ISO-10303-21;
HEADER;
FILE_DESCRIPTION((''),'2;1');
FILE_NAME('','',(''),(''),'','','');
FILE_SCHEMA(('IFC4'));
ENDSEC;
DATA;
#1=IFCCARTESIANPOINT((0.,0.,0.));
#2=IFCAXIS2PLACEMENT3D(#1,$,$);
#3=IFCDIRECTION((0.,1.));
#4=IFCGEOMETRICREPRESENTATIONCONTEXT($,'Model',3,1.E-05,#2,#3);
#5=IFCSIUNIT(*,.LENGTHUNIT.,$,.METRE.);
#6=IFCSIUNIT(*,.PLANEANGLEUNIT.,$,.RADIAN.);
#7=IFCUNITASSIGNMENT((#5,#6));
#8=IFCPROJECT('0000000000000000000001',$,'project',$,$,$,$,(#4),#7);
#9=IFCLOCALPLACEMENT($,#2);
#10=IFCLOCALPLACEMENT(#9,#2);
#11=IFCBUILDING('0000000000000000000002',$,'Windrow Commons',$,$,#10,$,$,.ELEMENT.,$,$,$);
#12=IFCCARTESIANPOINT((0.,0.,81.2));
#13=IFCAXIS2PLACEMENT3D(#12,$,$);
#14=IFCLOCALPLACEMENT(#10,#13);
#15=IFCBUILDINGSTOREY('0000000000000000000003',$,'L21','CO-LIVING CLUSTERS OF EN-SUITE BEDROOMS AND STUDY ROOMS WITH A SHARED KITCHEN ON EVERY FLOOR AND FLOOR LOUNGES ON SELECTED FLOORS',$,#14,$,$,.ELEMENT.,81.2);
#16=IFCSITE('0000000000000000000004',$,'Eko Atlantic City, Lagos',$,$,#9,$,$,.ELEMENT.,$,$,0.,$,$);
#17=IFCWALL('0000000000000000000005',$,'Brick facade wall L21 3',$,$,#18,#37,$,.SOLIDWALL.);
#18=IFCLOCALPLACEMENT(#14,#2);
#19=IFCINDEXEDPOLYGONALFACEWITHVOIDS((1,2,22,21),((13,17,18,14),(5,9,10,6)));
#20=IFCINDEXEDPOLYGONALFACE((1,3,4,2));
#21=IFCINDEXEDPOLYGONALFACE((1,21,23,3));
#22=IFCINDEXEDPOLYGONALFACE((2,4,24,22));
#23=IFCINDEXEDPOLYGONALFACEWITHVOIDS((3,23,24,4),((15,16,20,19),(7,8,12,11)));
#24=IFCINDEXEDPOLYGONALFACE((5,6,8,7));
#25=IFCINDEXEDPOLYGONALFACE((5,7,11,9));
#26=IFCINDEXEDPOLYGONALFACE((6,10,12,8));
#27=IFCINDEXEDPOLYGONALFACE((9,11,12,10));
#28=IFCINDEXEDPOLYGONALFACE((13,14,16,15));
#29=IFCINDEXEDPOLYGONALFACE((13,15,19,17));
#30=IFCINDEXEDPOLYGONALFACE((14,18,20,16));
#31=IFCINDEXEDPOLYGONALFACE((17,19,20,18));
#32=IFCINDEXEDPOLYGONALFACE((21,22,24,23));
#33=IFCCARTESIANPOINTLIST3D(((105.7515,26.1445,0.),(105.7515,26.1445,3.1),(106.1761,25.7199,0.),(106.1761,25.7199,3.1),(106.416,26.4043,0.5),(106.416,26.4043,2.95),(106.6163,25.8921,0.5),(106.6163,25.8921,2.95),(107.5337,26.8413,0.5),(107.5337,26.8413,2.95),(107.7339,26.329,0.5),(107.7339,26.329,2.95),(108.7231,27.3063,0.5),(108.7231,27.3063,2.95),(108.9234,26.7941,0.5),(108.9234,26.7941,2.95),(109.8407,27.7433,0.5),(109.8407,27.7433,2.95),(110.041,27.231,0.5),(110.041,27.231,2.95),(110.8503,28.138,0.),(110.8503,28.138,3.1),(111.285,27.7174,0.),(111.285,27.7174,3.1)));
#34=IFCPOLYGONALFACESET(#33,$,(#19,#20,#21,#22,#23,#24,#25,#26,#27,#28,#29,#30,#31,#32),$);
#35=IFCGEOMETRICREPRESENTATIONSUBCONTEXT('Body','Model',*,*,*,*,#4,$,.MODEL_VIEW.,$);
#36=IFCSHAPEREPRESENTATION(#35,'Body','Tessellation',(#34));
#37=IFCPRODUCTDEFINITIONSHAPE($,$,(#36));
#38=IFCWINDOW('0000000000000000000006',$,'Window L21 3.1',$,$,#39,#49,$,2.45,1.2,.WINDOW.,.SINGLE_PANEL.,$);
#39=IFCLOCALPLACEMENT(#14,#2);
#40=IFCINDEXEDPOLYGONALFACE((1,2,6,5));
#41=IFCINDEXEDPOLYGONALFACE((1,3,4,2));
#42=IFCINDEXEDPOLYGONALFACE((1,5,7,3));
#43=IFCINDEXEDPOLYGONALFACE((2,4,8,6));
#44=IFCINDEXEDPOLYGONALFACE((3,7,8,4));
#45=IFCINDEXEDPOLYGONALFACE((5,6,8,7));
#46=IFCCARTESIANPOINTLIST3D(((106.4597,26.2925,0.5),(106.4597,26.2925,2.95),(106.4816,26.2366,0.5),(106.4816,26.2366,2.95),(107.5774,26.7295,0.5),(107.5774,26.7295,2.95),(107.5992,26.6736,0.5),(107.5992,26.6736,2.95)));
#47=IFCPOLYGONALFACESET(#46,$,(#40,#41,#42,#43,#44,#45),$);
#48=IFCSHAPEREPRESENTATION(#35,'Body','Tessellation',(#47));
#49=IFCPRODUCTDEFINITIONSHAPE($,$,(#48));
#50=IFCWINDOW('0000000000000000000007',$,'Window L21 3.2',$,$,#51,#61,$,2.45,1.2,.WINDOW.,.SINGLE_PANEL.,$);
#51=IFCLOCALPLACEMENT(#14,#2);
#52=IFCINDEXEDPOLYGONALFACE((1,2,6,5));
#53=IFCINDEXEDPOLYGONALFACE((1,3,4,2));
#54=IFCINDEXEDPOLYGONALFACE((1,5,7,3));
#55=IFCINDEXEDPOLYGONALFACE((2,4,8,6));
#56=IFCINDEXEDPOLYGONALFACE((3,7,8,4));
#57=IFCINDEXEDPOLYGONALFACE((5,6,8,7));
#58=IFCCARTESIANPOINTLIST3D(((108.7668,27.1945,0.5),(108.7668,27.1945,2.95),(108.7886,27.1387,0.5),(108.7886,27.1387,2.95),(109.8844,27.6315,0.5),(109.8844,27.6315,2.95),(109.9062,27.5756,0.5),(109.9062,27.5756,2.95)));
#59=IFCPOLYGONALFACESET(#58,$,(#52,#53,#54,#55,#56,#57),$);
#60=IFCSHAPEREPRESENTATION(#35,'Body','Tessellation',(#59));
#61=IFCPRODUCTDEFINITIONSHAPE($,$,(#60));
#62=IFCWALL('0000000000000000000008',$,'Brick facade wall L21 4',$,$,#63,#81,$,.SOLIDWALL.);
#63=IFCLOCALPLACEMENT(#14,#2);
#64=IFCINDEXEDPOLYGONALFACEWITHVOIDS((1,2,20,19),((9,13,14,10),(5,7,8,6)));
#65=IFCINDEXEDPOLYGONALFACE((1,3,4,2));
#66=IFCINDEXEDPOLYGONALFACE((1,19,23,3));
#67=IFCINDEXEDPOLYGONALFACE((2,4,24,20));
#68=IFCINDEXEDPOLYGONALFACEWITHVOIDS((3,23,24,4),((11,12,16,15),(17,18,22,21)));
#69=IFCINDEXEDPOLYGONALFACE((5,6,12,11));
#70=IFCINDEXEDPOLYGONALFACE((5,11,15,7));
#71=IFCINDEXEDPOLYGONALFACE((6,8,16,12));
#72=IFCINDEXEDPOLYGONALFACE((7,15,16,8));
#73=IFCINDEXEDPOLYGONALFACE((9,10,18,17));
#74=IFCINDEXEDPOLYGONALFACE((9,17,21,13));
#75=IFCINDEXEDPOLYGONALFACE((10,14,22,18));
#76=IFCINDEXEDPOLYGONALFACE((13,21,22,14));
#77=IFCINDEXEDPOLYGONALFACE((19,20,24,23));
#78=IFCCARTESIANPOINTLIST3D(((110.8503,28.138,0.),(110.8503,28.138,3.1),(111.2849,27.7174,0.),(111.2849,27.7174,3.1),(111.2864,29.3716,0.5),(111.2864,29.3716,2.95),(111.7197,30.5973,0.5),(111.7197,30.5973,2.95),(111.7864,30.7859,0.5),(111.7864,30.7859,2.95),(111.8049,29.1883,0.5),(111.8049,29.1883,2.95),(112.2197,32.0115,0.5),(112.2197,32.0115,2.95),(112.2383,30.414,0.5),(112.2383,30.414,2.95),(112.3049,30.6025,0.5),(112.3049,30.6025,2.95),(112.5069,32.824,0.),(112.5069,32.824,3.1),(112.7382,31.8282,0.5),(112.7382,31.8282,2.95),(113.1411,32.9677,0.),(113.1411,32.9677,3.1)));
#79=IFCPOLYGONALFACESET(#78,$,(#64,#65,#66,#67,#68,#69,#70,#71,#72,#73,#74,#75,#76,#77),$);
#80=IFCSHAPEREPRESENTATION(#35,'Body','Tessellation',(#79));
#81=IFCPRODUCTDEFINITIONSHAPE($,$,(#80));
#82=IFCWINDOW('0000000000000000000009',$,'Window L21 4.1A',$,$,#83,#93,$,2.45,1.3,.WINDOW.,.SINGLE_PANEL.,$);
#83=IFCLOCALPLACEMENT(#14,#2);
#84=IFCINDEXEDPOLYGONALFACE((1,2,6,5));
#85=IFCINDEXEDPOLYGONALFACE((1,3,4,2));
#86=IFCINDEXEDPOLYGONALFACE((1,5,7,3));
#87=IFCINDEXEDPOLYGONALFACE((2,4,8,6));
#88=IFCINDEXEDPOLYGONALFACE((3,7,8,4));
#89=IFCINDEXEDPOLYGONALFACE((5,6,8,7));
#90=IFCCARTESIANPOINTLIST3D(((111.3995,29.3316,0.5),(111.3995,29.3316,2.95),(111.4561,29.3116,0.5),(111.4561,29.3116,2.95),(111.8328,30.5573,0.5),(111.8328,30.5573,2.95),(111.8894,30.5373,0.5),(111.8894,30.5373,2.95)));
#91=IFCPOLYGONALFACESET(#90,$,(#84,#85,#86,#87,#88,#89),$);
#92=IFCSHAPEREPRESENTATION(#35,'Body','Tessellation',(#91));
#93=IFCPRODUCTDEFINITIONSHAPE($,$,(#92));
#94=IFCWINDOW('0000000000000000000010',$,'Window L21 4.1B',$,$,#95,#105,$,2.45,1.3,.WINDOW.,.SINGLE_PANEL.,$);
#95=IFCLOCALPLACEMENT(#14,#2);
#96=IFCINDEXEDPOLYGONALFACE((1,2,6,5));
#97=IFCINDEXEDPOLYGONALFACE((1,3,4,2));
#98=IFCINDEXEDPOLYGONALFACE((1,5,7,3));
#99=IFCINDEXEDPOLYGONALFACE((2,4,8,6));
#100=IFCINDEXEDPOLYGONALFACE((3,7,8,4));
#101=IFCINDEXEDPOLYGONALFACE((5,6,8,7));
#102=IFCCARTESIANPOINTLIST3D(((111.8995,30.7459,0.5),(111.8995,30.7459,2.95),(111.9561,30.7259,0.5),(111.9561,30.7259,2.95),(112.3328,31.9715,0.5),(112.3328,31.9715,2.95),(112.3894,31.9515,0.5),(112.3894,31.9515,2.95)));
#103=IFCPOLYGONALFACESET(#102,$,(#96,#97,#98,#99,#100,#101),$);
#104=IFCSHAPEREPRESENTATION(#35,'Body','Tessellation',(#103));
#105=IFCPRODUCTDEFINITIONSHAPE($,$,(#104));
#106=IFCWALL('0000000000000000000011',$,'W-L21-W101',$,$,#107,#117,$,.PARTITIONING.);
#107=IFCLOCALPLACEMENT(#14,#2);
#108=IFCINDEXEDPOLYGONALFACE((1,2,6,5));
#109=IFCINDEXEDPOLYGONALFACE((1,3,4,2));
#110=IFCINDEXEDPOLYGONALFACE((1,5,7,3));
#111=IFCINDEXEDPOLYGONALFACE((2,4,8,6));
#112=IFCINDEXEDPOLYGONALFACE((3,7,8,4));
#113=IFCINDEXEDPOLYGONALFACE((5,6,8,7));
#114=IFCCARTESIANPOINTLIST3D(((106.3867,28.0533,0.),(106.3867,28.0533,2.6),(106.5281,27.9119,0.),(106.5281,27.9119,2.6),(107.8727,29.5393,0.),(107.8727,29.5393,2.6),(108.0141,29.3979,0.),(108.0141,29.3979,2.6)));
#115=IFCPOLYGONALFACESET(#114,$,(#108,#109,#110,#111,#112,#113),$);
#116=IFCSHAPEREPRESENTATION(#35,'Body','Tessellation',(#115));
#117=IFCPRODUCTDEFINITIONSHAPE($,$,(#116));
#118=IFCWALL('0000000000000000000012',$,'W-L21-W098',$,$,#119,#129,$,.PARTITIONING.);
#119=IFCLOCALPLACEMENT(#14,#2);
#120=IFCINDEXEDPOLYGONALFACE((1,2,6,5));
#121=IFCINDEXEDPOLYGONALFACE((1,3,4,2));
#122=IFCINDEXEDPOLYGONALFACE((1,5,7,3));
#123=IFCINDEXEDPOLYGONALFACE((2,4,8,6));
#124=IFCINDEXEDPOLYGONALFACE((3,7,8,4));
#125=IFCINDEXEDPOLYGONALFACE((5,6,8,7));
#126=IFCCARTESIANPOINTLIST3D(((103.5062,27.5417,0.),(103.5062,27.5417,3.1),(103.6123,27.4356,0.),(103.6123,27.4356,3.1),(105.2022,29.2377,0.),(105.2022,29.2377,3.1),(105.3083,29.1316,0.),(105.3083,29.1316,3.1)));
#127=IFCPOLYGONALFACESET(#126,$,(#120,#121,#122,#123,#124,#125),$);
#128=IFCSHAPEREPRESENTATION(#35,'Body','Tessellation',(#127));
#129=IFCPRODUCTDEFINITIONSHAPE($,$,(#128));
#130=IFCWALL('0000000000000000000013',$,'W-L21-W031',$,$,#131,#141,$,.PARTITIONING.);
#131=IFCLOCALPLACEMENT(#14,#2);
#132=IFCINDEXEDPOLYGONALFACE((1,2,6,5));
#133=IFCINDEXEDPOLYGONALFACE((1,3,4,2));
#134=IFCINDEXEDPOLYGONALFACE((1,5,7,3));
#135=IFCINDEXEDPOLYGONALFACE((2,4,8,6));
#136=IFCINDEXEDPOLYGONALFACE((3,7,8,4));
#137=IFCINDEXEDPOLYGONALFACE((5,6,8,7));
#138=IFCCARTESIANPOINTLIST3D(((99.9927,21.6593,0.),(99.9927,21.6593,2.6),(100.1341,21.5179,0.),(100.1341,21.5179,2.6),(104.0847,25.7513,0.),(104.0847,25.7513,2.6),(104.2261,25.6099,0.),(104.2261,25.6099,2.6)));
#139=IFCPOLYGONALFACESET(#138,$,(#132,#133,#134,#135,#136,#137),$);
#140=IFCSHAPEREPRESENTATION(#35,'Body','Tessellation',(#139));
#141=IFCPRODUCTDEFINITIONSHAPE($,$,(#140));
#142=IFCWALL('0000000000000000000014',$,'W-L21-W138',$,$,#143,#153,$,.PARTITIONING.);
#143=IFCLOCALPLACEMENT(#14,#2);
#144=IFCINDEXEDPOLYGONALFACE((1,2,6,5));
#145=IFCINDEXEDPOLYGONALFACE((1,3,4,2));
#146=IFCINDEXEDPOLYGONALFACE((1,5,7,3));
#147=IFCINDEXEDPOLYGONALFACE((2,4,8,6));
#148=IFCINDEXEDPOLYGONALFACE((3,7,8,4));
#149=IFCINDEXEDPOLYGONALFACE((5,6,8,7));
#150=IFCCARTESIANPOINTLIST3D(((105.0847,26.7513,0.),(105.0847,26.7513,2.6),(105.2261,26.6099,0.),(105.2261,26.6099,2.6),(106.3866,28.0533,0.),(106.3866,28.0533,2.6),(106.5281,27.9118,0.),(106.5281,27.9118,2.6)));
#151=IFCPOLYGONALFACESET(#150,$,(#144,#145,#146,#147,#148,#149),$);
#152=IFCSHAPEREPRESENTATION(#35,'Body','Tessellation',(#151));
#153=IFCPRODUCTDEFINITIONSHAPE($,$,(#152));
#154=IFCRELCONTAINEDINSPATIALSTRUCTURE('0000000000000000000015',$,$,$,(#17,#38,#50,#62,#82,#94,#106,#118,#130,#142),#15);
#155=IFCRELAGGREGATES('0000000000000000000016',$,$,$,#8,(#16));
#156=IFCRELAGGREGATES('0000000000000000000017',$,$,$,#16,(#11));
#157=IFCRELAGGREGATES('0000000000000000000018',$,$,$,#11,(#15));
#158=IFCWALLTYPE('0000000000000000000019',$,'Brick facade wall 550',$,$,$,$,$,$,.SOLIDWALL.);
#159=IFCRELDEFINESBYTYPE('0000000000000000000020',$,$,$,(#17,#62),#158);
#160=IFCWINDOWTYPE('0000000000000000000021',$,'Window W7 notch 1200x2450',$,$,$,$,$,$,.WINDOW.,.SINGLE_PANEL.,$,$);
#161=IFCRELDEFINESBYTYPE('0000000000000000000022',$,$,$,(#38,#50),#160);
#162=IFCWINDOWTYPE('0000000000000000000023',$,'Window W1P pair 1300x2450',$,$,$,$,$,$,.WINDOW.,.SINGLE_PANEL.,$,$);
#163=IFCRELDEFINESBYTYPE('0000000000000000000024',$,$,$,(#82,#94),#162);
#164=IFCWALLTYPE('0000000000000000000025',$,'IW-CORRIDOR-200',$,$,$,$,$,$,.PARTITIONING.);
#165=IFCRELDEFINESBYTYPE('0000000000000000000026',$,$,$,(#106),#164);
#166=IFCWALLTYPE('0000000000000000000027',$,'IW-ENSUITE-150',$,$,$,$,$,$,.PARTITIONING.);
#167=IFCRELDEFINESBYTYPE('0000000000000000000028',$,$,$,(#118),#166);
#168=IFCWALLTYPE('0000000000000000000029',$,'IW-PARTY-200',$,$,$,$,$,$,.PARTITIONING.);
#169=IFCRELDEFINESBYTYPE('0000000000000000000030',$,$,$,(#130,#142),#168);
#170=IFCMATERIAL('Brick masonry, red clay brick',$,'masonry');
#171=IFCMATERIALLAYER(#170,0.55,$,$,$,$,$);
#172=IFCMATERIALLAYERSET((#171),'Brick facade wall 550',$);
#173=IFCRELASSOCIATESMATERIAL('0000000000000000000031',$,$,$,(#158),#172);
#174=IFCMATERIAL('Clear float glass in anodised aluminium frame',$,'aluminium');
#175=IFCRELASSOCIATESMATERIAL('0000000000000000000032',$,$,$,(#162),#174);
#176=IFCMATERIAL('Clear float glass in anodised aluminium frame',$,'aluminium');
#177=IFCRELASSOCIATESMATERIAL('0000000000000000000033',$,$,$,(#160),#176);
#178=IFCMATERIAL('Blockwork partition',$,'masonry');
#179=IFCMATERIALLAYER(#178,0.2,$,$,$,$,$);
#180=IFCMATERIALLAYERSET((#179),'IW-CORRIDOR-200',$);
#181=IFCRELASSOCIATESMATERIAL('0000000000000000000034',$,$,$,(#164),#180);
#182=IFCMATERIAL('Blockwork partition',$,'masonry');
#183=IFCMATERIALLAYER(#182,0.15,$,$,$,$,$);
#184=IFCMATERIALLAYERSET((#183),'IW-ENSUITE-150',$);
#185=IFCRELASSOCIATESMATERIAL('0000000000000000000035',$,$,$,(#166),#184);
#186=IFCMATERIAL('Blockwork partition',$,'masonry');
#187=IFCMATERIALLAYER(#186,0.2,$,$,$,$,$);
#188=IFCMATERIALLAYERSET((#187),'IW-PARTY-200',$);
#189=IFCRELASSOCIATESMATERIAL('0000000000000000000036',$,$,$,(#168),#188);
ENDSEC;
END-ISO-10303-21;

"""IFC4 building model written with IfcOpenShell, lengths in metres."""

from ifc_helpers import new_model, si_unit, direction, frame, frame_2d, origin, place, context, subcontext, project, spatial, polyline, rectangle, outline, extrude, material, layer, layer_set, type_object, element, fill, save


model = new_model("IFC4")

# Units and contexts
model_context = context("Model", 3, precision=1e-05, world=origin(), true_north=direction((0.0, 1.0)))
body_context = subcontext(model_context, "Body", "Model", "MODEL_VIEW")
ifc_project = project(units=[si_unit("LENGTHUNIT", "METRE"), si_unit("PLANEANGLEUNIT", "RADIAN")], contexts=[model_context])

# Site, building, storey
site_placement = place(None, origin())
site = spatial("IfcSite", under=ifc_project, at=site_placement, Name="Eko Atlantic City, Lagos", CompositionType="ELEMENT", RefElevation=0.0)
building_placement = place(site_placement, origin())
building = spatial("IfcBuilding", under=site, at=building_placement, Name="Windrow Commons", CompositionType="ELEMENT")
storey_placement = place(building_placement, frame((0.0, 0.0, 81.2)))
storey = spatial("IfcBuildingStorey", under=building, at=storey_placement, Name="L21", Description="CO-LIVING CLUSTERS OF EN-SUITE BEDROOMS AND STUDY ROOMS WITH A SHARED KITCHEN ON EVERY FLOOR AND FLOOR LOUNGES ON SELECTED FLOORS", CompositionType="ELEMENT", Elevation=81.2)

# Walls, openings, windows
ifc_material_1 = material(Name="Brick masonry, red clay brick", Category="masonry")
ifc_layer_1 = layer(ifc_material_1, 0.55)
ifc_layer_set_1 = layer_set([ifc_layer_1], Name="Brick facade wall 550")
wall_type_1 = type_object("IfcWallType", Name="Brick facade wall 550", PredefinedType="SOLIDWALL", material=ifc_layer_set_1)
ifc_material_2 = material(Name="Clear float glass in anodised aluminium frame", Category="aluminium")
window_type_1 = type_object("IfcWindowType", Name="Window W1P pair 1300x2450", PartitioningType="SINGLE_PANEL", PredefinedType="WINDOW", material=ifc_material_2)
ifc_material_3 = material(Name="Clear float glass in anodised aluminium frame", Category="aluminium")
window_type_2 = type_object("IfcWindowType", Name="Window W7 notch 1200x2450", PartitioningType="SINGLE_PANEL", PredefinedType="WINDOW", material=ifc_material_3)
wall_1_placement = place(storey_placement, frame((105.9638, 25.9322, 0.0), z_axis=(0.0, 0.0, 1.0), x_axis=(0.931344, 0.36414, 0.0)))
wall_1 = element("IfcWall", 1, at=wall_1_placement, inside=storey, type_object=wall_type_1, Name="Brick facade wall L21 3", PredefinedType="SOLIDWALL", context=body_context, shape_type="SweptSolid", body=[
    extrude(outline(polyline([(0.1204, -0.275), (5.6059, -0.275), (5.3542, 0.275), (-0.1204, 0.275), (0.1204, -0.275)])), origin(), (0.0, 0.0, 1.0), 3.1),
])
opening_1_placement = place(wall_1_placement, frame((0.5931, 0.0, 0.5)))
opening_1 = element("IfcOpeningElement", 2, at=opening_1_placement, cuts=wall_1, PredefinedType="OPENING", context=body_context, shape_type="SweptSolid", body=[
    extrude(rectangle(XDim=1.2, YDim=2.45, at=frame_2d((0.6, 1.225))), frame((0.0, 0.285, 0.0), z_axis=(0.0, -1.0, 0.0), x_axis=(1.0, 0.0, 0.0)), (0.0, 0.0, 1.0), 0.57),
])
opening_2_placement = place(wall_1_placement, frame((3.0702, 0.0, 0.5)))
opening_2 = element("IfcOpeningElement", 3, at=opening_2_placement, cuts=wall_1, PredefinedType="OPENING", context=body_context, shape_type="SweptSolid", body=[
    extrude(rectangle(XDim=1.2, YDim=2.45, at=frame_2d((0.6, 1.225))), frame((0.0, 0.285, 0.0), z_axis=(0.0, -1.0, 0.0), x_axis=(1.0, 0.0, 0.0)), (0.0, 0.0, 1.0), 0.57),
])
window_1_placement = place(opening_1_placement, origin())
window_1 = element("IfcWindow", 4, at=window_1_placement, inside=storey, type_object=window_type_2, Name="Window L21 3.1", OverallHeight=2.45, OverallWidth=1.2, PartitioningType="SINGLE_PANEL", PredefinedType="WINDOW", context=body_context, shape_type="SweptSolid", body=[
    extrude(rectangle(XDim=1.2, YDim=2.45, at=frame_2d((0.6, 1.225))), frame((0.0, 0.155, 0.0), z_axis=(0.0, -1.0, 0.0), x_axis=(1.0, 0.0, 0.0)), (0.0, 0.0, 1.0), 0.06),
])
fill(opening_1, window_1)
window_2_placement = place(opening_2_placement, origin())
window_2 = element("IfcWindow", 5, at=window_2_placement, inside=storey, type_object=window_type_2, Name="Window L21 3.2", OverallHeight=2.45, OverallWidth=1.2, PartitioningType="SINGLE_PANEL", PredefinedType="WINDOW", context=body_context, shape_type="SweptSolid", body=[
    extrude(rectangle(XDim=1.2, YDim=2.45, at=frame_2d((0.6, 1.225))), frame((0.0, 0.155, 0.0), z_axis=(0.0, -1.0, 0.0), x_axis=(1.0, 0.0, 0.0)), (0.0, 0.0, 1.0), 0.06),
])
fill(opening_2, window_2)
wall_2_placement = place(storey_placement, frame((111.0676, 27.9277, 0.0), z_axis=(0.0, 0.0, 1.0), x_axis=(0.333312, 0.942816, 0.0)))
wall_2 = element("IfcWall", 6, at=wall_2_placement, inside=storey, type_object=wall_type_1, Name="Brick facade wall L21 4", PredefinedType="SOLIDWALL", context=body_context, shape_type="SweptSolid", body=[
    extrude(outline(polyline([(-0.1258, -0.275), (5.4429, -0.275), (5.096, 0.275), (0.1258, 0.275), (-0.1258, -0.275)])), origin(), (0.0, 0.0, 1.0), 3.1),
])
opening_3_placement = place(wall_2_placement, frame((1.4343, 0.0, 0.5)))
opening_3 = element("IfcOpeningElement", 7, at=opening_3_placement, cuts=wall_2, PredefinedType="OPENING", context=body_context, shape_type="SweptSolid", body=[
    extrude(rectangle(XDim=1.3, YDim=2.45, at=frame_2d((0.65, 1.225))), frame((0.0, 0.285, 0.0), z_axis=(0.0, -1.0, 0.0), x_axis=(1.0, 0.0, 0.0)), (0.0, 0.0, 1.0), 0.57),
])
opening_4_placement = place(wall_2_placement, frame((2.9343, 0.0, 0.5)))
opening_4 = element("IfcOpeningElement", 8, at=opening_4_placement, cuts=wall_2, PredefinedType="OPENING", context=body_context, shape_type="SweptSolid", body=[
    extrude(rectangle(XDim=1.3, YDim=2.45, at=frame_2d((0.65, 1.225))), frame((0.0, 0.285, 0.0), z_axis=(0.0, -1.0, 0.0), x_axis=(1.0, 0.0, 0.0)), (0.0, 0.0, 1.0), 0.57),
])
window_3_placement = place(opening_3_placement, origin())
window_3 = element("IfcWindow", 9, at=window_3_placement, inside=storey, type_object=window_type_1, Name="Window L21 4.1A", OverallHeight=2.45, OverallWidth=1.3, PartitioningType="SINGLE_PANEL", PredefinedType="WINDOW", context=body_context, shape_type="SweptSolid", body=[
    extrude(rectangle(XDim=1.3, YDim=2.45, at=frame_2d((0.65, 1.225))), frame((0.0, 0.155, 0.0), z_axis=(0.0, -1.0, 0.0), x_axis=(1.0, 0.0, 0.0)), (0.0, 0.0, 1.0), 0.06),
])
fill(opening_3, window_3)
window_4_placement = place(opening_4_placement, origin())
window_4 = element("IfcWindow", 10, at=window_4_placement, inside=storey, type_object=window_type_1, Name="Window L21 4.1B", OverallHeight=2.45, OverallWidth=1.3, PartitioningType="SINGLE_PANEL", PredefinedType="WINDOW", context=body_context, shape_type="SweptSolid", body=[
    extrude(rectangle(XDim=1.3, YDim=2.45, at=frame_2d((0.65, 1.225))), frame((0.0, 0.155, 0.0), z_axis=(0.0, -1.0, 0.0), x_axis=(1.0, 0.0, 0.0)), (0.0, 0.0, 1.0), 0.06),
])
fill(opening_4, window_4)

# Walls
ifc_material_4 = material(Name="Blockwork partition", Category="masonry")
ifc_layer_2 = layer(ifc_material_4, 0.2)
ifc_layer_set_2 = layer_set([ifc_layer_2], Name="IW-CORRIDOR-200")
wall_type_2 = type_object("IfcWallType", Name="IW-CORRIDOR-200", PredefinedType="PARTITIONING", material=ifc_layer_set_2)
wall_3_placement = place(storey_placement, frame((106.4574, 27.9826, 0.0), z_axis=(0.0, 0.0, 1.0), x_axis=(0.707107, 0.707107, 0.0)))
element("IfcWall", 11, at=wall_3_placement, inside=storey, type_object=wall_type_2, Name="W-L21-W101", PredefinedType="PARTITIONING", context=body_context, shape_type="SweptSolid", body=[
    extrude(rectangle(XDim=2.1015, YDim=0.2, at=frame_2d((1.0508, 0.0))), origin(), (0.0, 0.0, 1.0), 2.6),
])
ifc_material_5 = material(Name="Blockwork partition", Category="masonry")
ifc_layer_3 = layer(ifc_material_5, 0.15)
ifc_layer_set_3 = layer_set([ifc_layer_3], Name="IW-ENSUITE-150")
wall_type_3 = type_object("IfcWallType", Name="IW-ENSUITE-150", PredefinedType="PARTITIONING", material=ifc_layer_set_3)
wall_4_placement = place(storey_placement, frame((103.5593, 27.4887, 0.0), z_axis=(0.0, 0.0, 1.0), x_axis=(0.707107, 0.707107, 0.0)))
element("IfcWall", 12, at=wall_4_placement, inside=storey, type_object=wall_type_3, Name="W-L21-W098", PredefinedType="PARTITIONING", context=body_context, shape_type="SweptSolid", body=[
    extrude(rectangle(XDim=2.3985, YDim=0.15, at=frame_2d((1.1992, 0.0))), origin(), (0.0, 0.0, 1.0), 3.1),
])
ifc_material_6 = material(Name="Blockwork partition", Category="masonry")
ifc_layer_4 = layer(ifc_material_6, 0.2)
ifc_layer_set_4 = layer_set([ifc_layer_4], Name="IW-PARTY-200")
wall_type_4 = type_object("IfcWallType", Name="IW-PARTY-200", PredefinedType="PARTITIONING", material=ifc_layer_set_4)
wall_5_placement = place(storey_placement, frame((100.0634, 21.5886, 0.0), z_axis=(0.0, 0.0, 1.0), x_axis=(0.707107, 0.707107, 0.0)))
element("IfcWall", 13, at=wall_5_placement, inside=storey, type_object=wall_type_4, Name="W-L21-W031", PredefinedType="PARTITIONING", context=body_context, shape_type="SweptSolid", body=[
    extrude(rectangle(XDim=5.787, YDim=0.2, at=frame_2d((2.8935, 0.0))), origin(), (0.0, 0.0, 1.0), 2.6),
])
wall_6_placement = place(storey_placement, frame((105.1554, 26.6806, 0.0), z_axis=(0.0, 0.0, 1.0), x_axis=(0.707107, 0.707107, 0.0)))
element("IfcWall", 14, at=wall_6_placement, inside=storey, type_object=wall_type_4, Name="W-L21-W138", PredefinedType="PARTITIONING", context=body_context, shape_type="SweptSolid", body=[
    extrude(rectangle(XDim=1.8413, YDim=0.2, at=frame_2d((0.9206, 0.0))), origin(), (0.0, 0.0, 1.0), 2.6),
])

save(model, "model.ifc")
